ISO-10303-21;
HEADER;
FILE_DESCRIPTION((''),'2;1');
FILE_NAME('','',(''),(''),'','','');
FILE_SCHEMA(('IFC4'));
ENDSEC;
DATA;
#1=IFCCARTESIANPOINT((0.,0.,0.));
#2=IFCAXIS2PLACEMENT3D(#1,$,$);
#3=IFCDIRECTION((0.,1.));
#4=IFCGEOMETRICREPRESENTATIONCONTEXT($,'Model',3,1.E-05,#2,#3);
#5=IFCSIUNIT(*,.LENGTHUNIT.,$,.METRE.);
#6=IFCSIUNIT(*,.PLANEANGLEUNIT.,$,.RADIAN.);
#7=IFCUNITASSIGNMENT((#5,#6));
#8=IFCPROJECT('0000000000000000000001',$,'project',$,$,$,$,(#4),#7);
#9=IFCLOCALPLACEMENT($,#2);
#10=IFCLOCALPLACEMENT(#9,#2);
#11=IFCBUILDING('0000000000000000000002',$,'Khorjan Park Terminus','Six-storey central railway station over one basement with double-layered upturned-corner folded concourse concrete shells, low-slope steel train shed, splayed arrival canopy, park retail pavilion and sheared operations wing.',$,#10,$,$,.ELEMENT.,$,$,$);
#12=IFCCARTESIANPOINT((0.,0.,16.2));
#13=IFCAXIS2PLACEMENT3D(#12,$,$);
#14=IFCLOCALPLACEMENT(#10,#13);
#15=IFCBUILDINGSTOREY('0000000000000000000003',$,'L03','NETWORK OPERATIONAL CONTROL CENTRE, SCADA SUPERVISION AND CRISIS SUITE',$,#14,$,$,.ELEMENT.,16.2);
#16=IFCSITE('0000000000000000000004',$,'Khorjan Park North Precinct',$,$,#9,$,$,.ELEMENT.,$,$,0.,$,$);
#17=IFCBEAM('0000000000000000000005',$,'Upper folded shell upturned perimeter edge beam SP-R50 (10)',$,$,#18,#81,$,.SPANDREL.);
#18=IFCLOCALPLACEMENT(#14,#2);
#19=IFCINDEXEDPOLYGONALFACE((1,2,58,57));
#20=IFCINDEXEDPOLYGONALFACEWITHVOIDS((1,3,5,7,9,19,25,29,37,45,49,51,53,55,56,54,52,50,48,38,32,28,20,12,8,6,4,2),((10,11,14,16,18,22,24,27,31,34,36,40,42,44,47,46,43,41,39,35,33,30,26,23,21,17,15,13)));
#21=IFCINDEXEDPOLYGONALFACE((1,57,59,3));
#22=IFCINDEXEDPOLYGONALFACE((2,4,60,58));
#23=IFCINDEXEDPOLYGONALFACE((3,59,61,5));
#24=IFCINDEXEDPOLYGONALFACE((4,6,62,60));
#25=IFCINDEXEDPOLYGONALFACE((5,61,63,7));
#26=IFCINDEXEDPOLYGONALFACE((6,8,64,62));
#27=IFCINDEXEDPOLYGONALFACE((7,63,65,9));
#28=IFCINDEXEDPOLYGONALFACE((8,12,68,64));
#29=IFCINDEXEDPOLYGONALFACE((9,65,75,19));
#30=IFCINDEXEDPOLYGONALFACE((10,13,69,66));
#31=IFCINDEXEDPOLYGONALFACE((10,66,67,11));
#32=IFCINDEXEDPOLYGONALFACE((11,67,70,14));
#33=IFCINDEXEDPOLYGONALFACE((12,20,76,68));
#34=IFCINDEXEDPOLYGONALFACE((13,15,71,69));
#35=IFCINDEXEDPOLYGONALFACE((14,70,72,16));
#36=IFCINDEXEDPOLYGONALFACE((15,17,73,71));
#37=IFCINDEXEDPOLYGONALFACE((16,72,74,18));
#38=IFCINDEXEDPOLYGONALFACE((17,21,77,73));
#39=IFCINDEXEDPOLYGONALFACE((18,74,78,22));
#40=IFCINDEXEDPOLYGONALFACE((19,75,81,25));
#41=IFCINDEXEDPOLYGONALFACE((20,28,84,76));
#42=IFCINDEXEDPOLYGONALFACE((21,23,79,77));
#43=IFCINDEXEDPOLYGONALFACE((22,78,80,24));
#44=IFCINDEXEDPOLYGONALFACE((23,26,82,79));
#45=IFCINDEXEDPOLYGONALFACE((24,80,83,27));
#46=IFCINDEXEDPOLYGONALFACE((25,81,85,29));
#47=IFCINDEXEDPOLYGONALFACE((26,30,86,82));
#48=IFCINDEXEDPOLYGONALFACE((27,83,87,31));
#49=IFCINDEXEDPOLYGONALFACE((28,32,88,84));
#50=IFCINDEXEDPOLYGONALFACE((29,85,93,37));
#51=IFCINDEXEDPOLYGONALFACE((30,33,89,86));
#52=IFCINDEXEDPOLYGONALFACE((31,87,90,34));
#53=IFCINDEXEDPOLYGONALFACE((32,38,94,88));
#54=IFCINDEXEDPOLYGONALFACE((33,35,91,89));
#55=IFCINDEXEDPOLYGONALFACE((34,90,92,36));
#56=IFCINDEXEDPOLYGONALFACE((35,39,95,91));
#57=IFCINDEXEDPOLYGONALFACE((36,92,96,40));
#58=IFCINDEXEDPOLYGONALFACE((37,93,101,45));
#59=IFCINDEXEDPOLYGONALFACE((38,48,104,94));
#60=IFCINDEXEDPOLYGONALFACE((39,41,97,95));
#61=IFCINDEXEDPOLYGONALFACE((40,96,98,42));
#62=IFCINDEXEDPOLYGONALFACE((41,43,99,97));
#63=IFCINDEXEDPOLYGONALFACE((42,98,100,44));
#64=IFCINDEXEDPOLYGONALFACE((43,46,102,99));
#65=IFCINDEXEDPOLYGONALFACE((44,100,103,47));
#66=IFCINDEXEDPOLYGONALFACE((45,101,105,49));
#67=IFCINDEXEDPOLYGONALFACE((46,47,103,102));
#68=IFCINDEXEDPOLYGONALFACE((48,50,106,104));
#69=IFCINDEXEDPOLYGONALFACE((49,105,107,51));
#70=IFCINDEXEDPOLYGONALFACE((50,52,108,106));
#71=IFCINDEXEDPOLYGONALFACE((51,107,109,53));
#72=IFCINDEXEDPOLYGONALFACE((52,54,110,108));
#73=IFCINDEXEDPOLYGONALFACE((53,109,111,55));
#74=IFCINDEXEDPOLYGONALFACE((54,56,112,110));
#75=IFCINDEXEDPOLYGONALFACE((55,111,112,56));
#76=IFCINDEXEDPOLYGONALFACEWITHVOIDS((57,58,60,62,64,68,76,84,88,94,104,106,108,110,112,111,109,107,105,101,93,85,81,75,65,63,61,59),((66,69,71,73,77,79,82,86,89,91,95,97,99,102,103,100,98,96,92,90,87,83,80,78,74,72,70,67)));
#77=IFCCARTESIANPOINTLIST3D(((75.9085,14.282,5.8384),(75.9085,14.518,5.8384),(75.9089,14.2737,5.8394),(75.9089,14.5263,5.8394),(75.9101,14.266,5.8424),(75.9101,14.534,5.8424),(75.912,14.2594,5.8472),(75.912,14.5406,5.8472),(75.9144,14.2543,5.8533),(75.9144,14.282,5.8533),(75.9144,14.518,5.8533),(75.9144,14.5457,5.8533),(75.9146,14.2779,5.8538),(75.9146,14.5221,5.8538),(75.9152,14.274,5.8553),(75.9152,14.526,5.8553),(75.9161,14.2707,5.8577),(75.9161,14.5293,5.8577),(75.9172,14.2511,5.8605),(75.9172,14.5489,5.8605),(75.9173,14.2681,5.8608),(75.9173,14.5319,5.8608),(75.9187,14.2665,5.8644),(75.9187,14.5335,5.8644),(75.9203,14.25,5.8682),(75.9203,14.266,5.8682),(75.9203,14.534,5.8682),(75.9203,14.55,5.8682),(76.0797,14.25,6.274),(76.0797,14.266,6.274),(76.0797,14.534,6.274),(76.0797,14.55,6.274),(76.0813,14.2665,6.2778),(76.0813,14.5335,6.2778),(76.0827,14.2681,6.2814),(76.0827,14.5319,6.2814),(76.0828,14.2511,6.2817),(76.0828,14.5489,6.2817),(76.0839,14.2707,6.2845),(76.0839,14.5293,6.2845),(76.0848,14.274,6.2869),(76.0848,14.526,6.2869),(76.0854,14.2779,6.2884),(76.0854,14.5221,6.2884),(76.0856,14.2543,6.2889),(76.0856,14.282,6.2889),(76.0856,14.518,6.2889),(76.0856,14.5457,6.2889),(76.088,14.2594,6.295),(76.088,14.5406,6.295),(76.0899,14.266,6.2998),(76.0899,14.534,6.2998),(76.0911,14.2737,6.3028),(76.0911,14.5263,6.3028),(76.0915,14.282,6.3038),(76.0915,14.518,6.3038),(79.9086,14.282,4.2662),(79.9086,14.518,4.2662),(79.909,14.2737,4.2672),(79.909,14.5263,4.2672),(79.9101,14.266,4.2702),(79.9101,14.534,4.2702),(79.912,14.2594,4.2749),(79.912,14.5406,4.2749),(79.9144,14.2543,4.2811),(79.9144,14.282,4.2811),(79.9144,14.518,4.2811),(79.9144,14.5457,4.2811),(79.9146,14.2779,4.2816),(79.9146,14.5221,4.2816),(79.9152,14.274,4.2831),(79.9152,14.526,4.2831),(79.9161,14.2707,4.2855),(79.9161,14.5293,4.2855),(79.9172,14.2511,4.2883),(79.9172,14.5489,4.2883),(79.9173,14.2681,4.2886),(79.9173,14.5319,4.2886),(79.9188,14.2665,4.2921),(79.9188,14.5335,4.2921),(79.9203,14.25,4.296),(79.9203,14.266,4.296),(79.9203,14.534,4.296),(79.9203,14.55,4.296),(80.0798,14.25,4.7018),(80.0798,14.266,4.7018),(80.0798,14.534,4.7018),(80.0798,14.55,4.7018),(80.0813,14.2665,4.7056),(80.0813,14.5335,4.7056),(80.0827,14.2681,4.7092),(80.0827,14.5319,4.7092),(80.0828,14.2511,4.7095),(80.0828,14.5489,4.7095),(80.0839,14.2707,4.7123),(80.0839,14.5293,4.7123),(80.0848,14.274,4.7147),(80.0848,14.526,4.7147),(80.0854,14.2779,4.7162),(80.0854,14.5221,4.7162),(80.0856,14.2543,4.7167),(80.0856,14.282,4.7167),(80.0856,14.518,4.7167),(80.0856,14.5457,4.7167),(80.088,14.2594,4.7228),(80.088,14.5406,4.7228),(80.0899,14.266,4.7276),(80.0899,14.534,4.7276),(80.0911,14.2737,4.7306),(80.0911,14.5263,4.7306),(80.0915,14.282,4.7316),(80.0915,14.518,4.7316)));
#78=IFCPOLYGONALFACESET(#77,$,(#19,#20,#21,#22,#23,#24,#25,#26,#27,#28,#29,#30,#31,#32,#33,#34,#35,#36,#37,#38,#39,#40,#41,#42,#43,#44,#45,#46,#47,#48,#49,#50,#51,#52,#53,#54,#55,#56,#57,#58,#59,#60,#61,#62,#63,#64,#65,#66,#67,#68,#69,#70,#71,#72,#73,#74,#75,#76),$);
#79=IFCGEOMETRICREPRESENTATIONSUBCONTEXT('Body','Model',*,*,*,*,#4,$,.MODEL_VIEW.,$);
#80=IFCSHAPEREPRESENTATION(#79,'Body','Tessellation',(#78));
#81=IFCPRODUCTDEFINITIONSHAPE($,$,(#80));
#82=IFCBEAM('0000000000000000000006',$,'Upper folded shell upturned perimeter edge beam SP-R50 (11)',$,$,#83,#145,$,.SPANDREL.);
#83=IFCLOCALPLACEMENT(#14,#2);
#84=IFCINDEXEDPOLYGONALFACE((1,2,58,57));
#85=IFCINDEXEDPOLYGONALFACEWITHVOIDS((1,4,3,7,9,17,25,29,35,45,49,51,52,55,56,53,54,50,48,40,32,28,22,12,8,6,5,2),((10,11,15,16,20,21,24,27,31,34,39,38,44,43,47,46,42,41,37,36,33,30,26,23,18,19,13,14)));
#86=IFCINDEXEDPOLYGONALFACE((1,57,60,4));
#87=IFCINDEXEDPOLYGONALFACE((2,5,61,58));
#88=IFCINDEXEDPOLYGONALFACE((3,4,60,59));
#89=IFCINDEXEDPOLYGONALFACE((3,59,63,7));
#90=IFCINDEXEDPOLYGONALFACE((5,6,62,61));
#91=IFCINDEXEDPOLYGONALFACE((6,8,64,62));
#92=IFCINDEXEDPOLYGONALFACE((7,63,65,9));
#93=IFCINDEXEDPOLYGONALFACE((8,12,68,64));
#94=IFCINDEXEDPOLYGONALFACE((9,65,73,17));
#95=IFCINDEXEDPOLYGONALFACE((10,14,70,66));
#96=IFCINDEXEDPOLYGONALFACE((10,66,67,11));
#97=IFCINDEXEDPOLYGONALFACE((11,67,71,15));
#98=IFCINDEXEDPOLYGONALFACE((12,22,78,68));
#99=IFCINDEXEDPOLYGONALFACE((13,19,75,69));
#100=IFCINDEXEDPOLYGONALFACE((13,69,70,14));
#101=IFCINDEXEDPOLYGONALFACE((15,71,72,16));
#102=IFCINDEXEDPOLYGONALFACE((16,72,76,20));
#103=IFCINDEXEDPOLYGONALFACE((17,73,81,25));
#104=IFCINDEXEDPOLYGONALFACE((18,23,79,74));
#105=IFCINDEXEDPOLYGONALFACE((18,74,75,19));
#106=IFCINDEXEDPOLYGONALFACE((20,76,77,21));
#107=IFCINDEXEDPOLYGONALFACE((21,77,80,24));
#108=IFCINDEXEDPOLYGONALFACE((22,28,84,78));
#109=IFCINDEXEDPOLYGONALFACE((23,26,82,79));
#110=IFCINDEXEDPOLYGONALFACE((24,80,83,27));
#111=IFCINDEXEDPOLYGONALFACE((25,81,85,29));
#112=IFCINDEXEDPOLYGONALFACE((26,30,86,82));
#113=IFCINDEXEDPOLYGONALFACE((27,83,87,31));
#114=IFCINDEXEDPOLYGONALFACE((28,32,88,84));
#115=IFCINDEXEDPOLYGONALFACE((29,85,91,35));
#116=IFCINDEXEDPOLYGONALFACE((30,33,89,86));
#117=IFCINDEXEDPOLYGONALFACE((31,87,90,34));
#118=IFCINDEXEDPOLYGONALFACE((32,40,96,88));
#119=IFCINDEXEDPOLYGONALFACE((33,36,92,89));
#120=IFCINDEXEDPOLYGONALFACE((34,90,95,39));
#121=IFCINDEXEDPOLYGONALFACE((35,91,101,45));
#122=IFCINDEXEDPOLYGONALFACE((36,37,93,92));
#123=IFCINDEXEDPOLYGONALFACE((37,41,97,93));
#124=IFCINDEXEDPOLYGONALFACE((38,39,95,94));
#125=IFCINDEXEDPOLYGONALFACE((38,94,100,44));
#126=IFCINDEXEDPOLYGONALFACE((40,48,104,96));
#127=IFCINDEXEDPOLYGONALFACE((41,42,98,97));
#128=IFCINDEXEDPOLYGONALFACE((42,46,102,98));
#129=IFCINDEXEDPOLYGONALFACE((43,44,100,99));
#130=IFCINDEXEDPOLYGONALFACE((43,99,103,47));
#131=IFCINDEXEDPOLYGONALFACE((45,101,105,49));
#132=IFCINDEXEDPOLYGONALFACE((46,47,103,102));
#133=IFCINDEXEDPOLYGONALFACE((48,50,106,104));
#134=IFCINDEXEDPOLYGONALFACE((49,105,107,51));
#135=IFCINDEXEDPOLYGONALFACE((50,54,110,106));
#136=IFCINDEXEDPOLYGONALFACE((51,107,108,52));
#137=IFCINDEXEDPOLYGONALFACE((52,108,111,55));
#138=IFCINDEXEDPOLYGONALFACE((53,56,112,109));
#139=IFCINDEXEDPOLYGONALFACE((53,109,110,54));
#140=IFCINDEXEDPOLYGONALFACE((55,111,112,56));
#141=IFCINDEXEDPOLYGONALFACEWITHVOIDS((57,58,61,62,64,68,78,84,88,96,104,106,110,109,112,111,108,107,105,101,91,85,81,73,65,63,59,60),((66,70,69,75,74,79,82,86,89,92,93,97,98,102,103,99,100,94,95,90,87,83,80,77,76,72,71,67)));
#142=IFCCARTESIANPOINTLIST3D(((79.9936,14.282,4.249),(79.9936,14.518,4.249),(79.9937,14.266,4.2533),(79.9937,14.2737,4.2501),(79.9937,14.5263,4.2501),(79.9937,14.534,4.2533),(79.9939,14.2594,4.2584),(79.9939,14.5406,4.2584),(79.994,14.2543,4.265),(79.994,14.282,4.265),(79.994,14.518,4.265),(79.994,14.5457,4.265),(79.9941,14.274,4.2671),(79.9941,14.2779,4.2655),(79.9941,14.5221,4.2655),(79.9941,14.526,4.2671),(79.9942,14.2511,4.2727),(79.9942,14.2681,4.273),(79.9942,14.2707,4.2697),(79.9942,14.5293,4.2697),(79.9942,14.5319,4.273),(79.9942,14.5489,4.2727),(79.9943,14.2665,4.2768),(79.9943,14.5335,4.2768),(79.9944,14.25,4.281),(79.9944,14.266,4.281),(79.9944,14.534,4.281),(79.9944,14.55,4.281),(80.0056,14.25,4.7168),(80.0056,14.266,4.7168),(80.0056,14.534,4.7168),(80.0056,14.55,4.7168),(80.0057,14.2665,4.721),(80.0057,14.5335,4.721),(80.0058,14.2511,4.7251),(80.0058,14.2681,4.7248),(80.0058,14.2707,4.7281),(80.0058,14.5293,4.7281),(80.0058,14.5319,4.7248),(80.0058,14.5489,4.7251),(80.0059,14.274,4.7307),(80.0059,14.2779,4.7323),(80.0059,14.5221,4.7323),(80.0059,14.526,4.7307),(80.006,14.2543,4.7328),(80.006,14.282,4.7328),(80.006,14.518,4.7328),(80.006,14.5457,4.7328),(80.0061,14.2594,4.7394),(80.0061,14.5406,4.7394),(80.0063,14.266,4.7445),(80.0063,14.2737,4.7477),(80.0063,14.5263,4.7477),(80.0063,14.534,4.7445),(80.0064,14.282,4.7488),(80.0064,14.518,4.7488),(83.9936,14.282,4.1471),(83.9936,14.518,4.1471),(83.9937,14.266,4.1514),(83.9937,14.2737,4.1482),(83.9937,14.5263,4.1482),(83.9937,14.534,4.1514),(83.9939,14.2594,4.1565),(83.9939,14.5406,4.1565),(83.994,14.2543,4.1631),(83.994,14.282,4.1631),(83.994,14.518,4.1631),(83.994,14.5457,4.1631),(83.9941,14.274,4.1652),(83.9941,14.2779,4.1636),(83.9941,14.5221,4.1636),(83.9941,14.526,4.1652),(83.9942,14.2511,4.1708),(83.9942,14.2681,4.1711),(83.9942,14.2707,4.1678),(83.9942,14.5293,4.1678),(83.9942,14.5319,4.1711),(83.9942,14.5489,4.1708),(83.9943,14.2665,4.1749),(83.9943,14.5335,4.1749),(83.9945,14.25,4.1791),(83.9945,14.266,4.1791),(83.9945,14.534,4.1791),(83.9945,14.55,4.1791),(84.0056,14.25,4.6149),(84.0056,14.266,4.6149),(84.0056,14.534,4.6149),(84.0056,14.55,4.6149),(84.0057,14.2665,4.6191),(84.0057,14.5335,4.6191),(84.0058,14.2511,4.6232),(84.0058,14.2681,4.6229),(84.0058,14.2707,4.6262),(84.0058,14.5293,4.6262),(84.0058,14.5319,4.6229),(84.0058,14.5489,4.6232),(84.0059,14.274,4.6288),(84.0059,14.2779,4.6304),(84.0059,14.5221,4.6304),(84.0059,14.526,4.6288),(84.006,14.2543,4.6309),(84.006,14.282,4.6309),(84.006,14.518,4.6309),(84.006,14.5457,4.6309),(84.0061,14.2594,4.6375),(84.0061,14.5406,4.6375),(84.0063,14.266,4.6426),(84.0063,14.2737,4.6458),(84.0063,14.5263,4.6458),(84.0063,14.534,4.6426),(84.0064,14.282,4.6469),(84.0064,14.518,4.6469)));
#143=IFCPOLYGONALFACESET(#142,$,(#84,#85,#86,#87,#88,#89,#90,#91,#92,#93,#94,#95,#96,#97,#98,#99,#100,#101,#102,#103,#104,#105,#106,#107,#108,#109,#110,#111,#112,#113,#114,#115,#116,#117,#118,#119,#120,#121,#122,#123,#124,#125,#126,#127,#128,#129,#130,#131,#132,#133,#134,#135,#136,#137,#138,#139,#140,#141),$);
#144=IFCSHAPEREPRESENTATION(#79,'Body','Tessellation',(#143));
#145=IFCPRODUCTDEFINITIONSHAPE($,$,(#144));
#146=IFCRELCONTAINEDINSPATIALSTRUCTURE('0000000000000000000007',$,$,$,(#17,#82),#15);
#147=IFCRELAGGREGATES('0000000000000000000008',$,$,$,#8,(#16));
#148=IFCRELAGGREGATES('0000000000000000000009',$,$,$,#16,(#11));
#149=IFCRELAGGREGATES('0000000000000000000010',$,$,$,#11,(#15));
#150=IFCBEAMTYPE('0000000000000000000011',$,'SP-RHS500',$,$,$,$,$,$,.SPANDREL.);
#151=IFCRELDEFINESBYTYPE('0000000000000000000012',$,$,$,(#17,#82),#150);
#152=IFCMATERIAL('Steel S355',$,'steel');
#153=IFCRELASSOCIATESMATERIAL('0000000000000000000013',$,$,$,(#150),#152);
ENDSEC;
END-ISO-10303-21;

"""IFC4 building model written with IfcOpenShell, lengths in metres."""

from ifc_helpers import new_model, si_unit, direction, frame, origin, origin_2d, place, context, subcontext, project, spatial, hollow_rectangle, extrude, material, material_profile, profile_set, type_object, element, save


model = new_model("IFC4")

# Units and contexts
model_context = context("Model", 3, precision=1e-05, world=origin(), true_north=direction((0.0, 1.0)))
body_context = subcontext(model_context, "Body", "Model", "MODEL_VIEW")
ifc_project = project(units=[si_unit("LENGTHUNIT", "METRE"), si_unit("PLANEANGLEUNIT", "RADIAN")], contexts=[model_context])

# Site, building, storey
site_placement = place(None, origin())
site = spatial("IfcSite", under=ifc_project, at=site_placement, Name="Khorjan Park North Precinct", CompositionType="ELEMENT", RefElevation=0.0)
building_placement = place(site_placement, origin())
building = spatial("IfcBuilding", under=site, at=building_placement, Name="Khorjan Park Terminus", Description="Six-storey central railway station over one basement with double-layered upturned-corner folded concourse concrete shells, low-slope steel train shed, splayed arrival canopy, park retail pavilion and sheared operations wing.", CompositionType="ELEMENT")
storey_placement = place(building_placement, frame((0.0, 0.0, 16.2)))
storey = spatial("IfcBuildingStorey", under=building, at=storey_placement, Name="L03", Description="NETWORK OPERATIONAL CONTROL CENTRE, SCADA SUPERVISION AND CRISIS SUITE", CompositionType="ELEMENT", Elevation=16.2)

# Shared definitions
ifc_material_1 = material(Name="Steel S355", Category="steel")

# Beams
ifc_material_profile_1 = material_profile(ifc_material_1, hollow_rectangle(XDim=0.3, YDim=0.5, WallThickness=0.016, InnerFilletRadius=0.016, OuterFilletRadius=0.032, at=origin_2d()), Name="RHS 500x300x16")
ifc_profile_set_1 = profile_set([ifc_material_profile_1], Name="Steel S355")
beam_type_1 = type_object("IfcBeamType", Name="SP-RHS500", PredefinedType="SPANDREL", material=ifc_profile_set_1)
beam_1_placement = place(storey_placement, frame((76.0, 14.4, 6.0711), z_axis=(0.93069, 0.0, -0.365808), x_axis=(0.0, 1.0, 0.0)))
element("IfcBeam", 1, at=beam_1_placement, inside=storey, type_object=beam_type_1, Name="Upper folded shell upturned perimeter edge beam SP-R50 (10)", PredefinedType="SPANDREL", context=body_context, shape_type="SweptSolid", body=[
    extrude(hollow_rectangle(XDim=0.3, YDim=0.5, WallThickness=0.016, InnerFilletRadius=0.016, OuterFilletRadius=0.032, at=origin_2d()), origin(), (0.0, 0.0, 1.0), 4.2979),
])
beam_2_placement = place(storey_placement, frame((80.0, 14.4, 4.4989), z_axis=(0.999676, 0.0, -0.025467), x_axis=(0.0, 1.0, 0.0)))
element("IfcBeam", 2, at=beam_2_placement, inside=storey, type_object=beam_type_1, Name="Upper folded shell upturned perimeter edge beam SP-R50 (11)", PredefinedType="SPANDREL", context=body_context, shape_type="SweptSolid", body=[
    extrude(hollow_rectangle(XDim=0.3, YDim=0.5, WallThickness=0.016, InnerFilletRadius=0.016, OuterFilletRadius=0.032, at=origin_2d()), origin(), (0.0, 0.0, 1.0), 4.0013),
])

save(model, "model.ifc")
